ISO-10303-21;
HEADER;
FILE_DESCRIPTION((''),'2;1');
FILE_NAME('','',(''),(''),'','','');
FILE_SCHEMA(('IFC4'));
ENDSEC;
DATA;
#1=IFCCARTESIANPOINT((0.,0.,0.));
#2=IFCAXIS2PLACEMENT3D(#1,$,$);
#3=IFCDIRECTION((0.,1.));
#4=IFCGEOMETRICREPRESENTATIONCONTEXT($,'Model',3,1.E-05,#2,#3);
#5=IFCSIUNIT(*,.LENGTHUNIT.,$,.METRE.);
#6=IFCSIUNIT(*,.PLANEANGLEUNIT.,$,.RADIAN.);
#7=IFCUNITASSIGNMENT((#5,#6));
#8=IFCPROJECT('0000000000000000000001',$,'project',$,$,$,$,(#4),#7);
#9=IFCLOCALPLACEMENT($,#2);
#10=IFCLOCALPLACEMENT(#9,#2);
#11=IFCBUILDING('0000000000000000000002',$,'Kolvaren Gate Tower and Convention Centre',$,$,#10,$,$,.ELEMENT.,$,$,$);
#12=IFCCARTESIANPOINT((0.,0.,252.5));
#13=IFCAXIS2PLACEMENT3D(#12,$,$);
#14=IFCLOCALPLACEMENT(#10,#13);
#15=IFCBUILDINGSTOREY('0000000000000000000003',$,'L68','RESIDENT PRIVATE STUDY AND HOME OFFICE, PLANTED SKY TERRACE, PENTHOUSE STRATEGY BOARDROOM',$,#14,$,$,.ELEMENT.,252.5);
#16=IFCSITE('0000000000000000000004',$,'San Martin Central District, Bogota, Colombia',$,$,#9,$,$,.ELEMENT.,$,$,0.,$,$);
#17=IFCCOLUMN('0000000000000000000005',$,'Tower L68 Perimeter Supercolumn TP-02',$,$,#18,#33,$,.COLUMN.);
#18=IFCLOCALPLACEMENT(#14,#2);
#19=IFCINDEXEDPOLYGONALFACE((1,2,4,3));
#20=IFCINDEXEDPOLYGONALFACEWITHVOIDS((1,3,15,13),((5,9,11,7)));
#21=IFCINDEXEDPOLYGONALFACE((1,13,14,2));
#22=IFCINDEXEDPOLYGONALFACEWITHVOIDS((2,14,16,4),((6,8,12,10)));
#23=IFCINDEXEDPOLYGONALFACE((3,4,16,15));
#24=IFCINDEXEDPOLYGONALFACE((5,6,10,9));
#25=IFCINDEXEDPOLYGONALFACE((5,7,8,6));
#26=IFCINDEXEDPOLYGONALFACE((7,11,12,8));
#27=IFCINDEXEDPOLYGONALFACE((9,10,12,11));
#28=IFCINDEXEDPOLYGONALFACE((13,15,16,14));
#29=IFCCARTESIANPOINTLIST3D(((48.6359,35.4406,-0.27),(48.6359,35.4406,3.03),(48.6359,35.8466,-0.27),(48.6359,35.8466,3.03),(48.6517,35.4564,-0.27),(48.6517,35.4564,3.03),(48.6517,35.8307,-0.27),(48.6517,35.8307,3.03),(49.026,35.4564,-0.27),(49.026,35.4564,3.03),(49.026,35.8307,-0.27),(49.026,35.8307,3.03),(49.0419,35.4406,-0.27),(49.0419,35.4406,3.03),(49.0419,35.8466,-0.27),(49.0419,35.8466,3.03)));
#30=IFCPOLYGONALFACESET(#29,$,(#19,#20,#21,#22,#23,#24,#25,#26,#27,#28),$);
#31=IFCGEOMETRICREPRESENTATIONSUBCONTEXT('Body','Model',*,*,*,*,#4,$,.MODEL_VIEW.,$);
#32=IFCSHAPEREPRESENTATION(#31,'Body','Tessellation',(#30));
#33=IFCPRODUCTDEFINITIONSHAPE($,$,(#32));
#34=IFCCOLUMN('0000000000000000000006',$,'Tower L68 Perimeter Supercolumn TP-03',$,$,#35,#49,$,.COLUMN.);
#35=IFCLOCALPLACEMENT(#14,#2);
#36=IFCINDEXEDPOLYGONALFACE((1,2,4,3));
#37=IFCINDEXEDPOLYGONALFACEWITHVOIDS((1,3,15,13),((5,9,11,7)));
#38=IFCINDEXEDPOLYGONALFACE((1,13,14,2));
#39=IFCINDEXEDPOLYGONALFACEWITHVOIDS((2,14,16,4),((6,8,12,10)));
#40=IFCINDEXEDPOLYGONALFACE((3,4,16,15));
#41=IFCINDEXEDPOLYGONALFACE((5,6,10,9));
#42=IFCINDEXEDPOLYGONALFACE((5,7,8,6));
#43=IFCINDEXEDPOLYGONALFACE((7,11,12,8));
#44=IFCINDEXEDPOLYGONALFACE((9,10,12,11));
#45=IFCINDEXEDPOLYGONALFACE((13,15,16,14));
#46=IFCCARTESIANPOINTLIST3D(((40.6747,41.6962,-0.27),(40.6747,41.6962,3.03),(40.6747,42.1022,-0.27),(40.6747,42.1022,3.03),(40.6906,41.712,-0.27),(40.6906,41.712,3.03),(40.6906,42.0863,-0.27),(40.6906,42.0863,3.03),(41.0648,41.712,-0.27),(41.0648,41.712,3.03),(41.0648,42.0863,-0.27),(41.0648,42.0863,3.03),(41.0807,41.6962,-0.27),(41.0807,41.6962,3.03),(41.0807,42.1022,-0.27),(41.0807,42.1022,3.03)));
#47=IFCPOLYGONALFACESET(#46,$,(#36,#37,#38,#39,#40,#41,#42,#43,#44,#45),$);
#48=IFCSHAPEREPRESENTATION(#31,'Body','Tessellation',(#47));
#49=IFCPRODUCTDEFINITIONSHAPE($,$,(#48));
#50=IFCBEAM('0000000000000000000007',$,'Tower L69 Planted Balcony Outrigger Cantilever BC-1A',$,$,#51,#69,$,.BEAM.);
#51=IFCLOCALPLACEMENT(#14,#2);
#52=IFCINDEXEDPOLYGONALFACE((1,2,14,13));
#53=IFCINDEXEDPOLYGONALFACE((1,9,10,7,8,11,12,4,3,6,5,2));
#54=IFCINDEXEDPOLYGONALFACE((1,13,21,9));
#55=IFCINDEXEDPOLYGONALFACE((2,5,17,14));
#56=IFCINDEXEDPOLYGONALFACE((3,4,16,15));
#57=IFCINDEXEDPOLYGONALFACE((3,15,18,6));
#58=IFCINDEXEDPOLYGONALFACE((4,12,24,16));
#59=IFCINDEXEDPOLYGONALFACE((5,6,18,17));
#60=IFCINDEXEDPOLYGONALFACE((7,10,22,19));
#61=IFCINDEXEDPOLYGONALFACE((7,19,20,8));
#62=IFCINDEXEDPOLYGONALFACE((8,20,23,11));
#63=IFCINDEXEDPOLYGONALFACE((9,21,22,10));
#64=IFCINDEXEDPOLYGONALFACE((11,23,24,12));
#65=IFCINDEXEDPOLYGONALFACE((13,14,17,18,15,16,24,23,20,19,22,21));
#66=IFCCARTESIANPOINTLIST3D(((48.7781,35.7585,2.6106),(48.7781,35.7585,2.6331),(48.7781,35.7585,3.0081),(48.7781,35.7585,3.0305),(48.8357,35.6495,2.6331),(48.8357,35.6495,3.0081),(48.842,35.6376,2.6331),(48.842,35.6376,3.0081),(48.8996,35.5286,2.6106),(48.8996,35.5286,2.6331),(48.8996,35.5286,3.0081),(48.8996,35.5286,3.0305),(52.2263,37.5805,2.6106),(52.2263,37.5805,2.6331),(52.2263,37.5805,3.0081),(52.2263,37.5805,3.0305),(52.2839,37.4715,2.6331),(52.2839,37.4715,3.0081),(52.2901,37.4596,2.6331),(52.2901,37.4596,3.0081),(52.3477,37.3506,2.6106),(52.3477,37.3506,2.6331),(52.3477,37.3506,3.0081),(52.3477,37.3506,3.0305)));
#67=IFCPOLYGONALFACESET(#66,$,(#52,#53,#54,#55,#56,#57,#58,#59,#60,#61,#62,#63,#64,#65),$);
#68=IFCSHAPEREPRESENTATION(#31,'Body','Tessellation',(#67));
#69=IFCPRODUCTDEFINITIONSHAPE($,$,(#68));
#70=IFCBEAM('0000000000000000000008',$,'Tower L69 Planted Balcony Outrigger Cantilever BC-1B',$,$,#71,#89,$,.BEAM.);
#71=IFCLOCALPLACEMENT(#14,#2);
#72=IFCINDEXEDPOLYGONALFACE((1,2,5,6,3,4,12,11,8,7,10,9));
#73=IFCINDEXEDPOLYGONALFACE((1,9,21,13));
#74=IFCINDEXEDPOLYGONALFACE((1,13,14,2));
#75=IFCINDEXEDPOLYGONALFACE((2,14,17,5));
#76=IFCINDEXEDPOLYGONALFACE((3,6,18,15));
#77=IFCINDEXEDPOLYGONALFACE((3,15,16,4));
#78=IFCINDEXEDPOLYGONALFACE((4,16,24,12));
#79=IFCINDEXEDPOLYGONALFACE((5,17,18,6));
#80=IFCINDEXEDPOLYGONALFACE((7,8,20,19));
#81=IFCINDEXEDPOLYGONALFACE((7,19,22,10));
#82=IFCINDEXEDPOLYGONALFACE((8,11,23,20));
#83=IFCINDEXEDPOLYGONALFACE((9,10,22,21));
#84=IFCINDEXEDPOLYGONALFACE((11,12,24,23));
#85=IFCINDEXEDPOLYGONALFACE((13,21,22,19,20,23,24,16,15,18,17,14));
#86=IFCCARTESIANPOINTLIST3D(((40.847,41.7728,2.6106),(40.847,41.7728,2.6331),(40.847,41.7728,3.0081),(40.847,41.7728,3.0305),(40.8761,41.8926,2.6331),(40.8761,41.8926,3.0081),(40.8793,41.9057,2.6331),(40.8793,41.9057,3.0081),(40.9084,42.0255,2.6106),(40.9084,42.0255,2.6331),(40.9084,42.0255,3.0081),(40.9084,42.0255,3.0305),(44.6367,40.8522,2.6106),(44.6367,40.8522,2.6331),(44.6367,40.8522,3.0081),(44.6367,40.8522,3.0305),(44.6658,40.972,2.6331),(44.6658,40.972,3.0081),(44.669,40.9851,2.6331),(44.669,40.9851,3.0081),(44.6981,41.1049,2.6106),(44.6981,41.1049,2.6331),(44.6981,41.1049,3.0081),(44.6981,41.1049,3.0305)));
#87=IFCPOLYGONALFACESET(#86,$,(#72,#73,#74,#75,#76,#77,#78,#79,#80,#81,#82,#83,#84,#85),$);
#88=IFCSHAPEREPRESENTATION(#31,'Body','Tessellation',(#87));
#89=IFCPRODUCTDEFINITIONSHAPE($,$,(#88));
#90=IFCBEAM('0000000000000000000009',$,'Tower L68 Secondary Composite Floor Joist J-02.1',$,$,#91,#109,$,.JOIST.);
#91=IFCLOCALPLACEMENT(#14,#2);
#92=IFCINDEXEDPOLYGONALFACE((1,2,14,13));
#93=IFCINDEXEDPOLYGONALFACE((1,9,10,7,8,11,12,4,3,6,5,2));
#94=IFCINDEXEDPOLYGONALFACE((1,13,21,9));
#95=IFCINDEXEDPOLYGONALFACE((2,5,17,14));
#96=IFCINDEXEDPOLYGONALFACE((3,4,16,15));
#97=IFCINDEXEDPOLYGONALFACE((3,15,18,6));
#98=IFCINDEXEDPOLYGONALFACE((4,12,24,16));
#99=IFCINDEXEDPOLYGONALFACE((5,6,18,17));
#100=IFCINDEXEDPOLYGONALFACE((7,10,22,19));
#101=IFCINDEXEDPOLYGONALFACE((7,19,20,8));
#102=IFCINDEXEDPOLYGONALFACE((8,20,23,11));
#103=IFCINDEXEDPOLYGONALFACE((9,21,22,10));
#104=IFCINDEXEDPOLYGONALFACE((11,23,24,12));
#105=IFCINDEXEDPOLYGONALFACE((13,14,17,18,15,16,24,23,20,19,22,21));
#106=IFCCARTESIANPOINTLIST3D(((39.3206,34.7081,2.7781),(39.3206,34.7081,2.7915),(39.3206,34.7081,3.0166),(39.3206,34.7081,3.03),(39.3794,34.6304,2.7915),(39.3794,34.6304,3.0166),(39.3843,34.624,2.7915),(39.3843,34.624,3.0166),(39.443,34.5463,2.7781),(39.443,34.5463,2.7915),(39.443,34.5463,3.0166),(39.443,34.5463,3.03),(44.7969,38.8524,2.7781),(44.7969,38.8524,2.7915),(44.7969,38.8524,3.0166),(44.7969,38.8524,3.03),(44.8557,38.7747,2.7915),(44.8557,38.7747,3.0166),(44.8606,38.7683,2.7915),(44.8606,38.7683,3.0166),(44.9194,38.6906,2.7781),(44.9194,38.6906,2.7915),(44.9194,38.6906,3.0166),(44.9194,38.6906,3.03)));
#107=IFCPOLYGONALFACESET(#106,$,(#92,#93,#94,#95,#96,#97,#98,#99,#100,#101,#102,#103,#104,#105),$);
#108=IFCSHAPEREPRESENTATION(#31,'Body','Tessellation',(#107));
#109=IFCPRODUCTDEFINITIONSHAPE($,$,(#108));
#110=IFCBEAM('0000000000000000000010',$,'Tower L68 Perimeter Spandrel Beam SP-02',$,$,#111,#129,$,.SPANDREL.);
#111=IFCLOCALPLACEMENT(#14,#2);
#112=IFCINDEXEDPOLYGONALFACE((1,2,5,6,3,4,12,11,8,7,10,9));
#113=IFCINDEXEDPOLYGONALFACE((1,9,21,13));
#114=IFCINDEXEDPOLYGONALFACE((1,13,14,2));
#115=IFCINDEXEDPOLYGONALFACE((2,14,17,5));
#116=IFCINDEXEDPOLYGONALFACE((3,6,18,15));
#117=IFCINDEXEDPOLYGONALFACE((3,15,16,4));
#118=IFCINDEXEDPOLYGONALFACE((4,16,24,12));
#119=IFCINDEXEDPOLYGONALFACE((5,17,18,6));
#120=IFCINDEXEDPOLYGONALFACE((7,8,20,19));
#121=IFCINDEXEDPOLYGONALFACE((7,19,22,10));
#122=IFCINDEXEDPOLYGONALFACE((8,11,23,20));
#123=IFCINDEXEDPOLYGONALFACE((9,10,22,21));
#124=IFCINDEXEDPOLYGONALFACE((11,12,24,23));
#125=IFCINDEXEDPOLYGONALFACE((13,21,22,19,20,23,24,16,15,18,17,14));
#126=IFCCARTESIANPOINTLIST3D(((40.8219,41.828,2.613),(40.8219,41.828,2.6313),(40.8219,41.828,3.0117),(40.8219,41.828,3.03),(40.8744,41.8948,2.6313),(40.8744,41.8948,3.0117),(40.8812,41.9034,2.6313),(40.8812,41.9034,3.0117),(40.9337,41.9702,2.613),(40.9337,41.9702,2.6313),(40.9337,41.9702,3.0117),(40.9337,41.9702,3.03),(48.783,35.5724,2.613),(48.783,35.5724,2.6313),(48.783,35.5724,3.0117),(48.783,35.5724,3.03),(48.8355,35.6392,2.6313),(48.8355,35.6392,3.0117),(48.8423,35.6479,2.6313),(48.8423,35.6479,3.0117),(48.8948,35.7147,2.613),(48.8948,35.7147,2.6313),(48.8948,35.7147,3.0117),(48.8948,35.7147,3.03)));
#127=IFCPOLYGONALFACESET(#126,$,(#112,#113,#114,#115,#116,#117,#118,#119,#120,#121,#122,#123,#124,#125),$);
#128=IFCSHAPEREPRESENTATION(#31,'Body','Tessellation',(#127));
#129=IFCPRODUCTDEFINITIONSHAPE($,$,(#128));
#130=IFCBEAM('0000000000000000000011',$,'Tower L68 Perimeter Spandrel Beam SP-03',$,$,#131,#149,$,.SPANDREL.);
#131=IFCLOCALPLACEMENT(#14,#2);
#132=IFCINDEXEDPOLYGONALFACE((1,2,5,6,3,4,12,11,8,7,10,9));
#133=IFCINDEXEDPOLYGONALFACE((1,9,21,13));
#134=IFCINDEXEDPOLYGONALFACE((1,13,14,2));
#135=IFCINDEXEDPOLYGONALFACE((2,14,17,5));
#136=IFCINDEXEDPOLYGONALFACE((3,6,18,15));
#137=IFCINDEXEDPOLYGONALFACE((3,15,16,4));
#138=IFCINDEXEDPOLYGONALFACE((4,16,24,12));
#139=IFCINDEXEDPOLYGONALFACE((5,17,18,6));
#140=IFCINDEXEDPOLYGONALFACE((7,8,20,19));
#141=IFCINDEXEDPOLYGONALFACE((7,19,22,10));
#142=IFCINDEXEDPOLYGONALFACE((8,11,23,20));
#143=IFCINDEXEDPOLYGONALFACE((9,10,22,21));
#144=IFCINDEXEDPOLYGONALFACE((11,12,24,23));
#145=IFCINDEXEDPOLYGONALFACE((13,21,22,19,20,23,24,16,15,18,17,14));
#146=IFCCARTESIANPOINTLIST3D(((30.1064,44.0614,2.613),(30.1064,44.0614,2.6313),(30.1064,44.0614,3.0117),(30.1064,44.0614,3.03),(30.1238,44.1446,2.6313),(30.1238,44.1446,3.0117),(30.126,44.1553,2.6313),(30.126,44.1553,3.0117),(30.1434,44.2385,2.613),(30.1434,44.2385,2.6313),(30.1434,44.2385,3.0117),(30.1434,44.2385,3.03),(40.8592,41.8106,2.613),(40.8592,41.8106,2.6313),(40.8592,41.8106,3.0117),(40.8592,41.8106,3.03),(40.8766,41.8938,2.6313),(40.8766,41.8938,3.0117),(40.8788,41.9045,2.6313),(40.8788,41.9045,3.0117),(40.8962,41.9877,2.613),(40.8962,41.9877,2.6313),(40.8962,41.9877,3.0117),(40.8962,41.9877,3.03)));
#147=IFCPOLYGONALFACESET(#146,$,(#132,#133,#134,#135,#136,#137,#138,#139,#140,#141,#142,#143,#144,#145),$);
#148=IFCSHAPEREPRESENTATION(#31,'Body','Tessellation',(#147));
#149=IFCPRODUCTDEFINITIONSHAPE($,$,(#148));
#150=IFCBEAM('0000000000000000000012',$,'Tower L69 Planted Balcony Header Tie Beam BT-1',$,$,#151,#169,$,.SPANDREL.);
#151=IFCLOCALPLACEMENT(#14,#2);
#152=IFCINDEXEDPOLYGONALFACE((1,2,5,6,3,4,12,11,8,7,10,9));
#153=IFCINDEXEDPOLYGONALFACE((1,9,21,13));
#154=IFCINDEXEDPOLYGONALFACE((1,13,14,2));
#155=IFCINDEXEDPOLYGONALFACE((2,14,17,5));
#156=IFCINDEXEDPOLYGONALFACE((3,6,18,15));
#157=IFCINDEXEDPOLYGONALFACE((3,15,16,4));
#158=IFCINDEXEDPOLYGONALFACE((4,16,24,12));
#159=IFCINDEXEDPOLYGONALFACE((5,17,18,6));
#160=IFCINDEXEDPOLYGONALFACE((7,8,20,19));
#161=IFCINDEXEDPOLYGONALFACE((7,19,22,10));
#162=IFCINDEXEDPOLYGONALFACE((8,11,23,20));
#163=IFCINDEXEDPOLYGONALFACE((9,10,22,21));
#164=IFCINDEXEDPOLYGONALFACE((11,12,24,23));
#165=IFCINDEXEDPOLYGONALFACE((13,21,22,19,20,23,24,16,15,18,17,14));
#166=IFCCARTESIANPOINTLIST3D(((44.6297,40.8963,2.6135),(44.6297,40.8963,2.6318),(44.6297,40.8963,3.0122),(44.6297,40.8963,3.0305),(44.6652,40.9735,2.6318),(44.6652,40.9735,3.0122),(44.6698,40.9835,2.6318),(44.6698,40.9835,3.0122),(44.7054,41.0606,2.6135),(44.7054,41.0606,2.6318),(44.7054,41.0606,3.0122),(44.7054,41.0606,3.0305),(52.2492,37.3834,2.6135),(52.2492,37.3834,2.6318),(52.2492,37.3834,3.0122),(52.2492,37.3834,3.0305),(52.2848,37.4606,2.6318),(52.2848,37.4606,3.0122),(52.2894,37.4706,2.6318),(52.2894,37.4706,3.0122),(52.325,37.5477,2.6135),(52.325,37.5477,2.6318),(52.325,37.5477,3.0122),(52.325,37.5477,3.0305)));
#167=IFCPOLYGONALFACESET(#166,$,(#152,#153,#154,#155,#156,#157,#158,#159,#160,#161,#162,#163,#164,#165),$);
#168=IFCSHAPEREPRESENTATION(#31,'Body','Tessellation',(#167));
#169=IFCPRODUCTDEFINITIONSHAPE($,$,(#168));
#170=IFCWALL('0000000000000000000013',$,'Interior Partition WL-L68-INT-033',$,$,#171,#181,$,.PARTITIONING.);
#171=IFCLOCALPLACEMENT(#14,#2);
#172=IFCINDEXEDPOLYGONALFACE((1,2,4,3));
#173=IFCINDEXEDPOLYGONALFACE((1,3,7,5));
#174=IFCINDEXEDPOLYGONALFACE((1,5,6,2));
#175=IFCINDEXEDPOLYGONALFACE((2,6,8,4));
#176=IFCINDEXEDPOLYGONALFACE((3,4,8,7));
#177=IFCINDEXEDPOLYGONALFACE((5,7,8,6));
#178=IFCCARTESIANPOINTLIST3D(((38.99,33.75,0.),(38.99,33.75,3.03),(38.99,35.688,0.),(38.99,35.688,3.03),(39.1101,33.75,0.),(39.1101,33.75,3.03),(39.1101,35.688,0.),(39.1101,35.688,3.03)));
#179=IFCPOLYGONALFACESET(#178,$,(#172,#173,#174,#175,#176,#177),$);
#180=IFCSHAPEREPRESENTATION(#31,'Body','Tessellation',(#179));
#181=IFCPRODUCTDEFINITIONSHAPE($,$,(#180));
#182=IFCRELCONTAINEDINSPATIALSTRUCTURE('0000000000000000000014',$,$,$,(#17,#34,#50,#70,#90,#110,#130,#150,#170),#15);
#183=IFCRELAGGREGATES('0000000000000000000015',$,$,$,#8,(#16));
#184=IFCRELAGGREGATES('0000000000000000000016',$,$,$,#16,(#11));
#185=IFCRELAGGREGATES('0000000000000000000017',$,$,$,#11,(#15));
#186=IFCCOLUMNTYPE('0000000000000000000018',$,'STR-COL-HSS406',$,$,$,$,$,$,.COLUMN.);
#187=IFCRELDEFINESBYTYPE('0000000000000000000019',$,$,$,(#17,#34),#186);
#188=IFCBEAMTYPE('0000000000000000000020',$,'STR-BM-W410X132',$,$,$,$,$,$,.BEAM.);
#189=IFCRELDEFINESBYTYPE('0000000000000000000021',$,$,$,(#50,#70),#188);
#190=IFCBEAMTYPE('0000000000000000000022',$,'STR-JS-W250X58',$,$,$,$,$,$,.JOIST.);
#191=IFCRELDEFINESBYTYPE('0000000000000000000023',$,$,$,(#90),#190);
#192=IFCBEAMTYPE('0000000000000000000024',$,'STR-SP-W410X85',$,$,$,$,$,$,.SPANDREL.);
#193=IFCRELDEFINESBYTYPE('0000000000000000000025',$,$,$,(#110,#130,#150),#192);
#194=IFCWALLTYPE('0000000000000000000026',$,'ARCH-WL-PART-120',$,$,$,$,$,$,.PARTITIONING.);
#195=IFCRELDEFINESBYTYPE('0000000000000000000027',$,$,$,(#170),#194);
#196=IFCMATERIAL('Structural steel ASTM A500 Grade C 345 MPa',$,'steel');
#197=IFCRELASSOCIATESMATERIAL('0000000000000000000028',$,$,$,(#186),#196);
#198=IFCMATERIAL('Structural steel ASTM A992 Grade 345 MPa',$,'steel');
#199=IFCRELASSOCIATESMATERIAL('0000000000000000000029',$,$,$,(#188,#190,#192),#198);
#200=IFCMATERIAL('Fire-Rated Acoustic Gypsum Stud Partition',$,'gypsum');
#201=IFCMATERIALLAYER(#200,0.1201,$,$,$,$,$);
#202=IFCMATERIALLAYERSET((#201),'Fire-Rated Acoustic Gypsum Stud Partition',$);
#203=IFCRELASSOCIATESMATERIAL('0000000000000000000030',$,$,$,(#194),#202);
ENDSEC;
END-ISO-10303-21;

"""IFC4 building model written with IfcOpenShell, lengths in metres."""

from ifc_helpers import new_model, si_unit, direction, frame, frame_2d, origin, origin_2d, place, context, subcontext, project, spatial, rectangle, hollow_rectangle, i_section, extrude, material, layer, layer_set, material_profile, profile_set, type_object, element, save


model = new_model("IFC4")

# Units and contexts
model_context = context("Model", 3, precision=1e-05, world=origin(), true_north=direction((0.0, 1.0)))
body_context = subcontext(model_context, "Body", "Model", "MODEL_VIEW")
ifc_project = project(units=[si_unit("LENGTHUNIT", "METRE"), si_unit("PLANEANGLEUNIT", "RADIAN")], contexts=[model_context])

# Site, building, storey
site_placement = place(None, origin())
site = spatial("IfcSite", under=ifc_project, at=site_placement, Name="San Martin Central District, Bogota, Colombia", CompositionType="ELEMENT", RefElevation=0.0)
building_placement = place(site_placement, origin())
building = spatial("IfcBuilding", under=site, at=building_placement, Name="Kolvaren Gate Tower and Convention Centre", CompositionType="ELEMENT")
storey_placement = place(building_placement, frame((0.0, 0.0, 252.5)))
storey = spatial("IfcBuildingStorey", under=building, at=storey_placement, Name="L68", Description="RESIDENT PRIVATE STUDY AND HOME OFFICE, PLANTED SKY TERRACE, PENTHOUSE STRATEGY BOARDROOM", CompositionType="ELEMENT", Elevation=252.5)

# Columns
ifc_material_1 = material(Name="Structural steel ASTM A500 Grade C 345 MPa", Category="steel")
ifc_material_profile_1 = material_profile(ifc_material_1, hollow_rectangle(XDim=0.406, YDim=0.406, WallThickness=0.0159, at=origin_2d()), Name="HSS406X406X15.9")
ifc_profile_set_1 = profile_set([ifc_material_profile_1], Name="Structural steel ASTM A500 Grade C 345 MPa")
column_type = type_object("IfcColumnType", Name="STR-COL-HSS406", PredefinedType="COLUMN", material=ifc_profile_set_1)
for number, where, z_axis, x_axis, name in (
    (1, (48.8389, 35.6436, -0.27), (0.0, 0.0, 1.0), (1.0, 0.0, 0.0), "Tower L68 Perimeter Supercolumn TP-02"),
    (2, (40.8777, 41.8992, -0.27), (0.0, 0.0, 1.0), (1.0, 0.0, 0.0), "Tower L68 Perimeter Supercolumn TP-03"),
):
    element("IfcColumn", number, at=place(storey_placement, frame(where, z_axis=z_axis, x_axis=x_axis)), inside=storey, type_object=column_type, Name=name, PredefinedType="COLUMN", context=body_context, shape_type="SweptSolid", body=[
        extrude(hollow_rectangle(XDim=0.406, YDim=0.406, WallThickness=0.0159, at=origin_2d()), origin(), (0.0, 0.0, 1.0), 3.3),
    ])

# Beams
ifc_material_2 = material(Name="Structural steel ASTM A992 Grade 345 MPa", Category="steel")
ifc_material_profile_2 = material_profile(ifc_material_2, i_section(OverallWidth=0.26, OverallDepth=0.4199, WebThickness=0.0134, FlangeThickness=0.0225, at=origin_2d()), Name="W410X132")
ifc_profile_set_2 = profile_set([ifc_material_profile_2], Name="Structural steel ASTM A992 Grade 345 MPa")
beam_type_1 = type_object("IfcBeamType", Name="STR-BM-W410X132", PredefinedType="BEAM", material=ifc_profile_set_2)
for number, where, z_axis, x_axis, name in (
    (3, (48.8389, 35.6436, 2.8206), (0.884161, 0.467183, 0.0), (-0.467183, 0.884161, 0.0), "Tower L69 Planted Balcony Outrigger Cantilever BC-1A"),
    (4, (40.8777, 41.8992, 2.8206), (0.971737, -0.236064, 0.0), (0.236064, 0.971737, 0.0), "Tower L69 Planted Balcony Outrigger Cantilever BC-1B"),
):
    element("IfcBeam", number, at=place(storey_placement, frame(where, z_axis=z_axis, x_axis=x_axis)), inside=storey, type_object=beam_type_1, Name=name, PredefinedType="BEAM", context=body_context, shape_type="SweptSolid", body=[
        extrude(i_section(OverallWidth=0.26, OverallDepth=0.4199, WebThickness=0.0134, FlangeThickness=0.0225, at=origin_2d()), origin(), (0.0, 0.0, 1.0), 3.8999),
    ])
ifc_material_profile_3 = material_profile(ifc_material_2, i_section(OverallWidth=0.2029, OverallDepth=0.252, WebThickness=0.0081, FlangeThickness=0.0134, at=origin_2d()), Name="W250X58")
ifc_profile_set_3 = profile_set([ifc_material_profile_3], Name="Structural steel ASTM A992 Grade 345 MPa")
beam_type_2 = type_object("IfcBeamType", Name="STR-JS-W250X58", PredefinedType="JOIST", material=ifc_profile_set_3)
beam_1_placement = place(storey_placement, frame((39.3818, 34.6272, 2.9041), z_axis=(0.797403, 0.603447, 0.0), x_axis=(-0.603447, 0.797403, 0.0)))
element("IfcBeam", 5, at=beam_1_placement, inside=storey, type_object=beam_type_2, Name="Tower L68 Secondary Composite Floor Joist J-02.1", PredefinedType="JOIST", context=body_context, shape_type="SweptSolid", body=[
    extrude(i_section(OverallWidth=0.2029, OverallDepth=0.252, WebThickness=0.0081, FlangeThickness=0.0134, at=origin_2d()), origin(), (0.0, 0.0, 1.0), 6.8677),
])
ifc_material_profile_4 = material_profile(ifc_material_2, i_section(OverallWidth=0.1809, OverallDepth=0.417, WebThickness=0.011, FlangeThickness=0.0183, at=origin_2d()), Name="W410X85")
ifc_profile_set_4 = profile_set([ifc_material_profile_4], Name="Structural steel ASTM A992 Grade 345 MPa")
beam_type_3 = type_object("IfcBeamType", Name="STR-SP-W410X85", PredefinedType="SPANDREL", material=ifc_profile_set_4)
beam_2_placement = place(storey_placement, frame((48.8389, 35.6436, 2.8215), z_axis=(-0.786299, 0.617846, 0.0), x_axis=(-0.617846, -0.786299, 0.0)))
element("IfcBeam", 6, at=beam_2_placement, inside=storey, type_object=beam_type_3, Name="Tower L68 Perimeter Spandrel Beam SP-02", PredefinedType="SPANDREL", context=body_context, shape_type="SweptSolid", body=[
    extrude(i_section(OverallWidth=0.1809, OverallDepth=0.417, WebThickness=0.011, FlangeThickness=0.0183, at=origin_2d()), origin(), (0.0, 0.0, 1.0), 10.1248),
])
beam_3_placement = place(storey_placement, frame((40.8777, 41.8992, 2.8215), z_axis=(-0.978788, 0.204878, 0.0), x_axis=(-0.204878, -0.978788, 0.0)))
element("IfcBeam", 7, at=beam_3_placement, inside=storey, type_object=beam_type_3, Name="Tower L68 Perimeter Spandrel Beam SP-03", PredefinedType="SPANDREL", context=body_context, shape_type="SweptSolid", body=[
    extrude(i_section(OverallWidth=0.1809, OverallDepth=0.417, WebThickness=0.011, FlangeThickness=0.0183, at=origin_2d()), origin(), (0.0, 0.0, 1.0), 10.9858),
])
beam_4_placement = place(storey_placement, frame((52.2871, 37.4656, 2.822), z_axis=(-0.908132, 0.418684, 0.0), x_axis=(-0.418684, -0.908132, 0.0)))
element("IfcBeam", 8, at=beam_4_placement, inside=storey, type_object=beam_type_3, Name="Tower L69 Planted Balcony Header Tie Beam BT-1", PredefinedType="SPANDREL", context=body_context, shape_type="SweptSolid", body=[
    extrude(i_section(OverallWidth=0.1809, OverallDepth=0.417, WebThickness=0.011, FlangeThickness=0.0183, at=origin_2d()), origin(), (0.0, 0.0, 1.0), 8.3904),
])

# Wall
ifc_material_3 = material(Name="Fire-Rated Acoustic Gypsum Stud Partition", Category="gypsum")
ifc_layer_1 = layer(ifc_material_3, 0.1201)
ifc_layer_set_1 = layer_set([ifc_layer_1], Name="Fire-Rated Acoustic Gypsum Stud Partition")
wall_type_1 = type_object("IfcWallType", Name="ARCH-WL-PART-120", PredefinedType="PARTITIONING", material=ifc_layer_set_1)
wall_1_placement = place(storey_placement, frame((39.05, 33.75, 0.0), z_axis=(0.0, 0.0, 1.0), x_axis=(0.0, 1.0, 0.0)))
element("IfcWall", 9, at=wall_1_placement, inside=storey, type_object=wall_type_1, Name="Interior Partition WL-L68-INT-033", PredefinedType="PARTITIONING", context=body_context, shape_type="SweptSolid", body=[
    extrude(rectangle(XDim=1.938, YDim=0.1201, at=frame_2d((0.969, 0.0))), origin(), (0.0, 0.0, 1.0), 3.03),
])

save(model, "model.ifc")
